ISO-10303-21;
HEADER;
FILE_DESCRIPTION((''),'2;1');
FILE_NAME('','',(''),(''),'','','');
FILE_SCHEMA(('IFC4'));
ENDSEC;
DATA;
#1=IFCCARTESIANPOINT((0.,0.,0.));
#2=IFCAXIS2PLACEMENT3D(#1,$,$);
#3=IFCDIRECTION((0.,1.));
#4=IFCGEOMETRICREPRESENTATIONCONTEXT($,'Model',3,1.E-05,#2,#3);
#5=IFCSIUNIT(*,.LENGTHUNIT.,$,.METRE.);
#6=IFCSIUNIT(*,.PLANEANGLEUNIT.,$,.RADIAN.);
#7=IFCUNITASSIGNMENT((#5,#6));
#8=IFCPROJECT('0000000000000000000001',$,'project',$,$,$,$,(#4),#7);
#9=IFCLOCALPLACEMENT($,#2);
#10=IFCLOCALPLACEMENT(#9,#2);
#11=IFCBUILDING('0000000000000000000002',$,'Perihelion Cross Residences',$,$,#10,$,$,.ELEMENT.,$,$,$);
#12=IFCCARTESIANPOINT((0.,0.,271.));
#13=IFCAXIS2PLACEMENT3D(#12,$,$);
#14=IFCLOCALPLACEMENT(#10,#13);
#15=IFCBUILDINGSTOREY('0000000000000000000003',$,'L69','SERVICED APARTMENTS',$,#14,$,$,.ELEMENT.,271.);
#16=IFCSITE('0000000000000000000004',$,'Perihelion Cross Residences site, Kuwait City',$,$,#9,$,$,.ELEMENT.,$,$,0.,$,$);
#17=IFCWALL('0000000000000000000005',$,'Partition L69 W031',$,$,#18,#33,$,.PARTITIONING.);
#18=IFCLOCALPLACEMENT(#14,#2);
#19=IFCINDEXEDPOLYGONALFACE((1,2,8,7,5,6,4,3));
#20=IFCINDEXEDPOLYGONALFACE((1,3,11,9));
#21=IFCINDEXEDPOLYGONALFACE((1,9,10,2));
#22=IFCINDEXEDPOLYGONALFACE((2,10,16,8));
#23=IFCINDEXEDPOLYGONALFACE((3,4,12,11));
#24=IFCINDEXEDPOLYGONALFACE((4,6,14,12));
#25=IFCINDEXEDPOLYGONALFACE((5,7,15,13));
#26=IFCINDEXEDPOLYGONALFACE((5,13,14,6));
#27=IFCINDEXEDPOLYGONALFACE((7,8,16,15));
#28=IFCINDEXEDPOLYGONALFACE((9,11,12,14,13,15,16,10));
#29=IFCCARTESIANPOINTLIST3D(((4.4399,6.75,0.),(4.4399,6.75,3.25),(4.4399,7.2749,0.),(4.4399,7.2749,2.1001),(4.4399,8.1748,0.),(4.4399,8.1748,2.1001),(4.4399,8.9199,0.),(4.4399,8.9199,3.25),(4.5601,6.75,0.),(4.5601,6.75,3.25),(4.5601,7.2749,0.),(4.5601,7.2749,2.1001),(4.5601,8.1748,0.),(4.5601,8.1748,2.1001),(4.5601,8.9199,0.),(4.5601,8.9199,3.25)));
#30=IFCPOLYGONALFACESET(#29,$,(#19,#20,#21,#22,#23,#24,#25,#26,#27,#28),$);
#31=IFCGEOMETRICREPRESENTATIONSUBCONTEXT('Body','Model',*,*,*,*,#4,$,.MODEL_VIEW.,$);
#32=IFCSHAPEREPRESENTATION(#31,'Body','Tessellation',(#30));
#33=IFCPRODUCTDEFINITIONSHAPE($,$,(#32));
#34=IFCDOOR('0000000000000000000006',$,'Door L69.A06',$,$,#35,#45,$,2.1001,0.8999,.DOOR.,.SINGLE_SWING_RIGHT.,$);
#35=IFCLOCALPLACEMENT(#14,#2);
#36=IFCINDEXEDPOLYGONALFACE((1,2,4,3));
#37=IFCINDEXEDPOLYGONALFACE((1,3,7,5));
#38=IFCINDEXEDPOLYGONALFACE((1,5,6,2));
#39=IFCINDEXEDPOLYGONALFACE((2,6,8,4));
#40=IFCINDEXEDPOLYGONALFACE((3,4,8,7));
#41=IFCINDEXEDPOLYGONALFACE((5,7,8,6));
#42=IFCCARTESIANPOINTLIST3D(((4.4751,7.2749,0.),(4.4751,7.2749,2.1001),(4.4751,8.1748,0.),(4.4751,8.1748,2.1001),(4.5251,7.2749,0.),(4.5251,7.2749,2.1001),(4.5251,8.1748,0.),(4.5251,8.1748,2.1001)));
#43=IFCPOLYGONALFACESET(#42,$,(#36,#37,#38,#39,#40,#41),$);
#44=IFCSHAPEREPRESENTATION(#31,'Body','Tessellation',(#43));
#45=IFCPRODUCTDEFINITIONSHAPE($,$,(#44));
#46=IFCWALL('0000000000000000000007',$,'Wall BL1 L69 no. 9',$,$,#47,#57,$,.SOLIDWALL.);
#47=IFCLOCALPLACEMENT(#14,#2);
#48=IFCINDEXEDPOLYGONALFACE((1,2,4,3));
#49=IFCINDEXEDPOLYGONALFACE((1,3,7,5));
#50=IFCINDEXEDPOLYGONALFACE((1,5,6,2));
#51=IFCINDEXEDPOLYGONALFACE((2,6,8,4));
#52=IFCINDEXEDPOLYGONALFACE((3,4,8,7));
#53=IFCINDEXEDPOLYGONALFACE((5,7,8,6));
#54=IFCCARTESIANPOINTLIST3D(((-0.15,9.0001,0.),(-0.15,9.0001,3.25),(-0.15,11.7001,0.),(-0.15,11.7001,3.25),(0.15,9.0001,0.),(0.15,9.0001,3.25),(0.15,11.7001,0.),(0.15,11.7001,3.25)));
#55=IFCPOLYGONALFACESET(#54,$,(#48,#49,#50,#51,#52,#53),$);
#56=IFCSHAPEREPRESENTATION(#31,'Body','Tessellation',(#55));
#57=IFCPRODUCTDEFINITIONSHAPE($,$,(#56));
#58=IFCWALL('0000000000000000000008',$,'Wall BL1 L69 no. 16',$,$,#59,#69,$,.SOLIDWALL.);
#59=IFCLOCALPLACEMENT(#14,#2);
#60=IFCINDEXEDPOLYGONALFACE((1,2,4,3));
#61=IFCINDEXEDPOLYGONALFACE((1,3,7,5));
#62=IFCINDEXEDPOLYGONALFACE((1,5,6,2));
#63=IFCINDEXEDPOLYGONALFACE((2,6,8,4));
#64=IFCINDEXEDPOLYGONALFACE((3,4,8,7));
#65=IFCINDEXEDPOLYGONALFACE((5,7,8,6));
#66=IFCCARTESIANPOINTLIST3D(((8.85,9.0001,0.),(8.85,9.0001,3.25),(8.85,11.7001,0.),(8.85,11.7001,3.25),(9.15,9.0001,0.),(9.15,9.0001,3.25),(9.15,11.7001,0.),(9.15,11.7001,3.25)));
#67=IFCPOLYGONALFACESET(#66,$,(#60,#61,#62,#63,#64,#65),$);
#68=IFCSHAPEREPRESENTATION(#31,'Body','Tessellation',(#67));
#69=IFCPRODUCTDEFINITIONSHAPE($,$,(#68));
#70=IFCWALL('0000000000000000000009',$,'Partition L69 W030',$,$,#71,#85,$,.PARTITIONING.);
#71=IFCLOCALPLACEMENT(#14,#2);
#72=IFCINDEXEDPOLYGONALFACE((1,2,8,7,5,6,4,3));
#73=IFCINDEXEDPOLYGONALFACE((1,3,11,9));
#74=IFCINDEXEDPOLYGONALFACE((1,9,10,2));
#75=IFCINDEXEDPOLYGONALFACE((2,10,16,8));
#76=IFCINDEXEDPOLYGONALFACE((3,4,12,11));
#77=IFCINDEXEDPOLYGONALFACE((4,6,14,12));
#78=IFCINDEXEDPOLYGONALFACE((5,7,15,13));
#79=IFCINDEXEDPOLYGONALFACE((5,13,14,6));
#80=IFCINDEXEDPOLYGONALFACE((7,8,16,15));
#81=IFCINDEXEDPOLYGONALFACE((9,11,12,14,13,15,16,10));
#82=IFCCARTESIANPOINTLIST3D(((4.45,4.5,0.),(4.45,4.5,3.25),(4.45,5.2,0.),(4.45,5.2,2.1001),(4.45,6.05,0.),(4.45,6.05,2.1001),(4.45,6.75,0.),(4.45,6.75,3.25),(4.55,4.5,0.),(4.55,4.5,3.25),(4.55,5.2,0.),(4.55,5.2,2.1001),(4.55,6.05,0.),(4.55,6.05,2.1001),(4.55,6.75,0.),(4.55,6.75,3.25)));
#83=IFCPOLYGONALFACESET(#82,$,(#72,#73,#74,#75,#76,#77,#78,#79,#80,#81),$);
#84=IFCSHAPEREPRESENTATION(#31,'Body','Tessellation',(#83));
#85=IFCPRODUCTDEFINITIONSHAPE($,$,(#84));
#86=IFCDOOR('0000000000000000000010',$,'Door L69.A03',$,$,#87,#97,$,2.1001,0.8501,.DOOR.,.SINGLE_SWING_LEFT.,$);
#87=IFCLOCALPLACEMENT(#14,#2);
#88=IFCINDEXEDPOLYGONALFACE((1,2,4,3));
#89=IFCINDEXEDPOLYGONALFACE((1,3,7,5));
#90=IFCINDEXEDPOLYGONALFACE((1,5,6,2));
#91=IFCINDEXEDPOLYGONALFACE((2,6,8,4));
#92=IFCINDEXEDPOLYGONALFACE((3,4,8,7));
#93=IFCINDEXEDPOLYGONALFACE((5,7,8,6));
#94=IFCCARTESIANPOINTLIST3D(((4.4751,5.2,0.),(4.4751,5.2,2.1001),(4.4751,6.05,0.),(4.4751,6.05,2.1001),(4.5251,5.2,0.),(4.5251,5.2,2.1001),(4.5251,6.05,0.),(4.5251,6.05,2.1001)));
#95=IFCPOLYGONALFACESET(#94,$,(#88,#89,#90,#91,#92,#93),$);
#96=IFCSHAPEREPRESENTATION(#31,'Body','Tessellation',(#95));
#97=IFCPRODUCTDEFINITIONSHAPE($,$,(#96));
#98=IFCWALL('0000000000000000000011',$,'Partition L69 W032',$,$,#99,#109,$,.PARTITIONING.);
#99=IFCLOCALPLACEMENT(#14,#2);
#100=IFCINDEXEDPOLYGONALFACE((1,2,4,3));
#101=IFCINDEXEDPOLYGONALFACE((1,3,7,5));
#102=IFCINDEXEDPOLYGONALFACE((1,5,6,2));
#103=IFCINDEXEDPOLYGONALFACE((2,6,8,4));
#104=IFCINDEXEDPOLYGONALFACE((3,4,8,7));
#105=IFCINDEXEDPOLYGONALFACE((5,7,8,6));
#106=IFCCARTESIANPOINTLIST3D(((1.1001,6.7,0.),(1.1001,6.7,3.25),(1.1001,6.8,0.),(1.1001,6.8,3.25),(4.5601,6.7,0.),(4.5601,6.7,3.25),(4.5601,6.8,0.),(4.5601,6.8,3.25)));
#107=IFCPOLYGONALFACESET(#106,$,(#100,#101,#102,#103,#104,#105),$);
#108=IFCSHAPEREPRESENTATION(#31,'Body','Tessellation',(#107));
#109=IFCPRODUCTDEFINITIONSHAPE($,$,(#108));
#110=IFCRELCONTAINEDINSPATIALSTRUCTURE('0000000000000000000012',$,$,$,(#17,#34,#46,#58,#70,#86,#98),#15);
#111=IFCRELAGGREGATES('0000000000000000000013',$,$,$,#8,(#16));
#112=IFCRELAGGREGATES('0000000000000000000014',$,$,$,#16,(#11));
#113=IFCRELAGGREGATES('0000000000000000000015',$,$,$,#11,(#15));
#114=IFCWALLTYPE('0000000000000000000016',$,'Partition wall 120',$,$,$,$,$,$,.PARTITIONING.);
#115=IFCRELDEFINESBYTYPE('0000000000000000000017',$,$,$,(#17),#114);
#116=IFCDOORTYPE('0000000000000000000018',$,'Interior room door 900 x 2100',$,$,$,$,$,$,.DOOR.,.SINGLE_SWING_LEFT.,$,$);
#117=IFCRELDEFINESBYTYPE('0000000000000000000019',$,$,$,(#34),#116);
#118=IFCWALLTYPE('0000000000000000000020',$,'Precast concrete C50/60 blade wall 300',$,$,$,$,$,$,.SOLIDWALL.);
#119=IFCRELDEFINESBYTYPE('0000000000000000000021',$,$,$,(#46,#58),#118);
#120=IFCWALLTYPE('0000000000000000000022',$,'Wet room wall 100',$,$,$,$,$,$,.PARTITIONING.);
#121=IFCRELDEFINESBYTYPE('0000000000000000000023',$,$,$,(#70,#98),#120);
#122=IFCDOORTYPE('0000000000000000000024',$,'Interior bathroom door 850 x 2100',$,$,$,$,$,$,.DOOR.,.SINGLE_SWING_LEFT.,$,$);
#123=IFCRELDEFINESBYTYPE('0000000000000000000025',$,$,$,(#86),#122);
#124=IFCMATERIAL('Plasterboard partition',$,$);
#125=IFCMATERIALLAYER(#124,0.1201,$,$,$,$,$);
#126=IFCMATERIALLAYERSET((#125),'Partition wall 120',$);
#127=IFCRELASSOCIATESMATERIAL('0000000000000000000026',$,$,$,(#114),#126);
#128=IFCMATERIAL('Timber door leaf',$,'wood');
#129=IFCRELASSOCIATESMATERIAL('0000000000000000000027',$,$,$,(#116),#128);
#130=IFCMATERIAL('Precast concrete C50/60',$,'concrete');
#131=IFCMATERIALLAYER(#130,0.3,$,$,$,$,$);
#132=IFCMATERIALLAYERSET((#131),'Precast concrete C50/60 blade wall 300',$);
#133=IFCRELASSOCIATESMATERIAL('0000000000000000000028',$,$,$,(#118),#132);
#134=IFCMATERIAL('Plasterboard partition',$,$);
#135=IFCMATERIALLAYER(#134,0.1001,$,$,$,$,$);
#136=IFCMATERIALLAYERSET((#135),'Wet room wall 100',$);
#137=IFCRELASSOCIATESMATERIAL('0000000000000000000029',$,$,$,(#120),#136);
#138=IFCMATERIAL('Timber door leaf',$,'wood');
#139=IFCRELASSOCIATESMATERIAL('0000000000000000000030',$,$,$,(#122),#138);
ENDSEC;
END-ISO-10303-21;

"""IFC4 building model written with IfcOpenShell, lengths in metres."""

from ifc_helpers import new_model, si_unit, direction, frame, frame_2d, origin, place, context, subcontext, project, spatial, rectangle, extrude, material, layer, layer_set, type_object, element, fill, save


model = new_model("IFC4")

# Units and contexts
model_context = context("Model", 3, precision=1e-05, world=origin(), true_north=direction((0.0, 1.0)))
body_context = subcontext(model_context, "Body", "Model", "MODEL_VIEW")
ifc_project = project(units=[si_unit("LENGTHUNIT", "METRE"), si_unit("PLANEANGLEUNIT", "RADIAN")], contexts=[model_context])

# Site, building, storey
site_placement = place(None, origin())
site = spatial("IfcSite", under=ifc_project, at=site_placement, Name="Perihelion Cross Residences site, Kuwait City", CompositionType="ELEMENT", RefElevation=0.0)
building_placement = place(site_placement, origin())
building = spatial("IfcBuilding", under=site, at=building_placement, Name="Perihelion Cross Residences", CompositionType="ELEMENT")
storey_placement = place(building_placement, frame((0.0, 0.0, 271.0)))
storey = spatial("IfcBuildingStorey", under=building, at=storey_placement, Name="L69", Description="SERVICED APARTMENTS", CompositionType="ELEMENT", Elevation=271.0)

# Wall, opening, door
ifc_material_1 = material(Name="Plasterboard partition")
ifc_layer_1 = layer(ifc_material_1, 0.1201)
ifc_layer_set_1 = layer_set([ifc_layer_1], Name="Partition wall 120")
wall_type_1 = type_object("IfcWallType", Name="Partition wall 120", PredefinedType="PARTITIONING", material=ifc_layer_set_1)
ifc_material_2 = material(Name="Timber door leaf", Category="wood")
door_type_1 = type_object("IfcDoorType", Name="Interior room door 900 x 2100", OperationType="SINGLE_SWING_LEFT", PredefinedType="DOOR", material=ifc_material_2)
wall_1_placement = place(storey_placement, frame((4.5, 6.75, 0.0), z_axis=(0.0, 0.0, 1.0), x_axis=(0.0, 1.0, 0.0)))
wall_1 = element("IfcWall", 1, at=wall_1_placement, inside=storey, type_object=wall_type_1, Name="Partition L69 W031", PredefinedType="PARTITIONING", context=body_context, shape_type="SweptSolid", body=[
    extrude(rectangle(XDim=2.1699, YDim=0.1201, at=frame_2d((1.085, 0.0))), origin(), (0.0, 0.0, 1.0), 3.25),
])
opening_1_placement = place(wall_1_placement, frame((0.5249, 0.0, 0.0)))
opening_1 = element("IfcOpeningElement", 2, at=opening_1_placement, cuts=wall_1, PredefinedType="OPENING", context=body_context, shape_type="SweptSolid", body=[
    extrude(rectangle(XDim=0.8999, YDim=2.1001, at=frame_2d((0.45, 1.05))), frame((0.0, 0.0701, 0.0), z_axis=(0.0, -1.0, 0.0), x_axis=(1.0, 0.0, 0.0)), (0.0, 0.0, 1.0), 0.1401),
])
door_1_placement = place(opening_1_placement, origin())
door_1 = element("IfcDoor", 3, at=door_1_placement, inside=storey, type_object=door_type_1, Name="Door L69.A06", OperationType="SINGLE_SWING_RIGHT", OverallHeight=2.1001, OverallWidth=0.8999, PredefinedType="DOOR", context=body_context, shape_type="SweptSolid", body=[
    extrude(rectangle(XDim=0.8999, YDim=2.1001, at=frame_2d((0.45, 1.05))), frame((0.0, 0.0249, 0.0), z_axis=(0.0, -1.0, 0.0), x_axis=(1.0, 0.0, 0.0)), (0.0, 0.0, 1.0), 0.05),
])
fill(opening_1, door_1)

# Walls
ifc_material_3 = material(Name="Precast concrete C50/60", Category="concrete")
ifc_layer_2 = layer(ifc_material_3, 0.3)
ifc_layer_set_2 = layer_set([ifc_layer_2], Name="Precast concrete C50/60 blade wall 300")
wall_type_2 = type_object("IfcWallType", Name="Precast concrete C50/60 blade wall 300", PredefinedType="SOLIDWALL", material=ifc_layer_set_2)
for number, where, z_axis, x_axis, name in (
    (4, (0.0, 9.0, 0.0), (0.0, 0.0, 1.0), (0.0, 1.0, 0.0), "Wall BL1 L69 no. 9"),
    (5, (9.0, 9.0, 0.0), (0.0, 0.0, 1.0), (0.0, 1.0, 0.0), "Wall BL1 L69 no. 16"),
):
    element("IfcWall", number, at=place(storey_placement, frame(where, z_axis=z_axis, x_axis=x_axis)), inside=storey, type_object=wall_type_2, Name=name, PredefinedType="SOLIDWALL", context=body_context, shape_type="SweptSolid", body=[
        extrude(rectangle(XDim=2.7, YDim=0.3, at=frame_2d((1.3501, 0.0))), origin(), (0.0, 0.0, 1.0), 3.25),
    ])

# Wall, opening, door
ifc_material_4 = material(Name="Plasterboard partition")
ifc_layer_3 = layer(ifc_material_4, 0.1001)
ifc_layer_set_3 = layer_set([ifc_layer_3], Name="Wet room wall 100")
wall_type_3 = type_object("IfcWallType", Name="Wet room wall 100", PredefinedType="PARTITIONING", material=ifc_layer_set_3)
wall_2_placement = place(storey_placement, frame((4.5, 4.5, 0.0), z_axis=(0.0, 0.0, 1.0), x_axis=(0.0, 1.0, 0.0)))
wall_2 = element("IfcWall", 6, at=wall_2_placement, inside=storey, type_object=wall_type_3, Name="Partition L69 W030", PredefinedType="PARTITIONING", context=body_context, shape_type="SweptSolid", body=[
    extrude(rectangle(XDim=2.25, YDim=0.1001, at=frame_2d((1.125, 0.0))), origin(), (0.0, 0.0, 1.0), 3.25),
])
opening_2_placement = place(wall_2_placement, frame((0.7, 0.0, 0.0)))
opening_2 = element("IfcOpeningElement", 7, at=opening_2_placement, cuts=wall_2, PredefinedType="OPENING", context=body_context, shape_type="SweptSolid", body=[
    extrude(rectangle(XDim=0.8501, YDim=2.1001, at=frame_2d((0.425, 1.05))), frame((0.0, 0.0601, 0.0), z_axis=(0.0, -1.0, 0.0), x_axis=(1.0, 0.0, 0.0)), (0.0, 0.0, 1.0), 0.1201),
])
ifc_material_5 = material(Name="Timber door leaf", Category="wood")
door_type_2 = type_object("IfcDoorType", Name="Interior bathroom door 850 x 2100", OperationType="SINGLE_SWING_LEFT", PredefinedType="DOOR", material=ifc_material_5)
door_2_placement = place(opening_2_placement, origin())
door_2 = element("IfcDoor", 8, at=door_2_placement, inside=storey, type_object=door_type_2, Name="Door L69.A03", OperationType="SINGLE_SWING_LEFT", OverallHeight=2.1001, OverallWidth=0.8501, PredefinedType="DOOR", context=body_context, shape_type="SweptSolid", body=[
    extrude(rectangle(XDim=0.8501, YDim=2.1001, at=frame_2d((0.425, 1.05))), frame((0.0, 0.0249, 0.0), z_axis=(0.0, -1.0, 0.0), x_axis=(1.0, 0.0, 0.0)), (0.0, 0.0, 1.0), 0.05),
])
fill(opening_2, door_2)

# Wall
wall_3_placement = place(storey_placement, frame((1.1001, 6.75, 0.0), z_axis=(0.0, 0.0, 1.0), x_axis=(1.0, 0.0, 0.0)))
element("IfcWall", 9, at=wall_3_placement, inside=storey, type_object=wall_type_3, Name="Partition L69 W032", PredefinedType="PARTITIONING", context=body_context, shape_type="SweptSolid", body=[
    extrude(rectangle(XDim=3.46, YDim=0.1001, at=frame_2d((1.73, 0.0))), origin(), (0.0, 0.0, 1.0), 3.25),
])

save(model, "model.ifc")
